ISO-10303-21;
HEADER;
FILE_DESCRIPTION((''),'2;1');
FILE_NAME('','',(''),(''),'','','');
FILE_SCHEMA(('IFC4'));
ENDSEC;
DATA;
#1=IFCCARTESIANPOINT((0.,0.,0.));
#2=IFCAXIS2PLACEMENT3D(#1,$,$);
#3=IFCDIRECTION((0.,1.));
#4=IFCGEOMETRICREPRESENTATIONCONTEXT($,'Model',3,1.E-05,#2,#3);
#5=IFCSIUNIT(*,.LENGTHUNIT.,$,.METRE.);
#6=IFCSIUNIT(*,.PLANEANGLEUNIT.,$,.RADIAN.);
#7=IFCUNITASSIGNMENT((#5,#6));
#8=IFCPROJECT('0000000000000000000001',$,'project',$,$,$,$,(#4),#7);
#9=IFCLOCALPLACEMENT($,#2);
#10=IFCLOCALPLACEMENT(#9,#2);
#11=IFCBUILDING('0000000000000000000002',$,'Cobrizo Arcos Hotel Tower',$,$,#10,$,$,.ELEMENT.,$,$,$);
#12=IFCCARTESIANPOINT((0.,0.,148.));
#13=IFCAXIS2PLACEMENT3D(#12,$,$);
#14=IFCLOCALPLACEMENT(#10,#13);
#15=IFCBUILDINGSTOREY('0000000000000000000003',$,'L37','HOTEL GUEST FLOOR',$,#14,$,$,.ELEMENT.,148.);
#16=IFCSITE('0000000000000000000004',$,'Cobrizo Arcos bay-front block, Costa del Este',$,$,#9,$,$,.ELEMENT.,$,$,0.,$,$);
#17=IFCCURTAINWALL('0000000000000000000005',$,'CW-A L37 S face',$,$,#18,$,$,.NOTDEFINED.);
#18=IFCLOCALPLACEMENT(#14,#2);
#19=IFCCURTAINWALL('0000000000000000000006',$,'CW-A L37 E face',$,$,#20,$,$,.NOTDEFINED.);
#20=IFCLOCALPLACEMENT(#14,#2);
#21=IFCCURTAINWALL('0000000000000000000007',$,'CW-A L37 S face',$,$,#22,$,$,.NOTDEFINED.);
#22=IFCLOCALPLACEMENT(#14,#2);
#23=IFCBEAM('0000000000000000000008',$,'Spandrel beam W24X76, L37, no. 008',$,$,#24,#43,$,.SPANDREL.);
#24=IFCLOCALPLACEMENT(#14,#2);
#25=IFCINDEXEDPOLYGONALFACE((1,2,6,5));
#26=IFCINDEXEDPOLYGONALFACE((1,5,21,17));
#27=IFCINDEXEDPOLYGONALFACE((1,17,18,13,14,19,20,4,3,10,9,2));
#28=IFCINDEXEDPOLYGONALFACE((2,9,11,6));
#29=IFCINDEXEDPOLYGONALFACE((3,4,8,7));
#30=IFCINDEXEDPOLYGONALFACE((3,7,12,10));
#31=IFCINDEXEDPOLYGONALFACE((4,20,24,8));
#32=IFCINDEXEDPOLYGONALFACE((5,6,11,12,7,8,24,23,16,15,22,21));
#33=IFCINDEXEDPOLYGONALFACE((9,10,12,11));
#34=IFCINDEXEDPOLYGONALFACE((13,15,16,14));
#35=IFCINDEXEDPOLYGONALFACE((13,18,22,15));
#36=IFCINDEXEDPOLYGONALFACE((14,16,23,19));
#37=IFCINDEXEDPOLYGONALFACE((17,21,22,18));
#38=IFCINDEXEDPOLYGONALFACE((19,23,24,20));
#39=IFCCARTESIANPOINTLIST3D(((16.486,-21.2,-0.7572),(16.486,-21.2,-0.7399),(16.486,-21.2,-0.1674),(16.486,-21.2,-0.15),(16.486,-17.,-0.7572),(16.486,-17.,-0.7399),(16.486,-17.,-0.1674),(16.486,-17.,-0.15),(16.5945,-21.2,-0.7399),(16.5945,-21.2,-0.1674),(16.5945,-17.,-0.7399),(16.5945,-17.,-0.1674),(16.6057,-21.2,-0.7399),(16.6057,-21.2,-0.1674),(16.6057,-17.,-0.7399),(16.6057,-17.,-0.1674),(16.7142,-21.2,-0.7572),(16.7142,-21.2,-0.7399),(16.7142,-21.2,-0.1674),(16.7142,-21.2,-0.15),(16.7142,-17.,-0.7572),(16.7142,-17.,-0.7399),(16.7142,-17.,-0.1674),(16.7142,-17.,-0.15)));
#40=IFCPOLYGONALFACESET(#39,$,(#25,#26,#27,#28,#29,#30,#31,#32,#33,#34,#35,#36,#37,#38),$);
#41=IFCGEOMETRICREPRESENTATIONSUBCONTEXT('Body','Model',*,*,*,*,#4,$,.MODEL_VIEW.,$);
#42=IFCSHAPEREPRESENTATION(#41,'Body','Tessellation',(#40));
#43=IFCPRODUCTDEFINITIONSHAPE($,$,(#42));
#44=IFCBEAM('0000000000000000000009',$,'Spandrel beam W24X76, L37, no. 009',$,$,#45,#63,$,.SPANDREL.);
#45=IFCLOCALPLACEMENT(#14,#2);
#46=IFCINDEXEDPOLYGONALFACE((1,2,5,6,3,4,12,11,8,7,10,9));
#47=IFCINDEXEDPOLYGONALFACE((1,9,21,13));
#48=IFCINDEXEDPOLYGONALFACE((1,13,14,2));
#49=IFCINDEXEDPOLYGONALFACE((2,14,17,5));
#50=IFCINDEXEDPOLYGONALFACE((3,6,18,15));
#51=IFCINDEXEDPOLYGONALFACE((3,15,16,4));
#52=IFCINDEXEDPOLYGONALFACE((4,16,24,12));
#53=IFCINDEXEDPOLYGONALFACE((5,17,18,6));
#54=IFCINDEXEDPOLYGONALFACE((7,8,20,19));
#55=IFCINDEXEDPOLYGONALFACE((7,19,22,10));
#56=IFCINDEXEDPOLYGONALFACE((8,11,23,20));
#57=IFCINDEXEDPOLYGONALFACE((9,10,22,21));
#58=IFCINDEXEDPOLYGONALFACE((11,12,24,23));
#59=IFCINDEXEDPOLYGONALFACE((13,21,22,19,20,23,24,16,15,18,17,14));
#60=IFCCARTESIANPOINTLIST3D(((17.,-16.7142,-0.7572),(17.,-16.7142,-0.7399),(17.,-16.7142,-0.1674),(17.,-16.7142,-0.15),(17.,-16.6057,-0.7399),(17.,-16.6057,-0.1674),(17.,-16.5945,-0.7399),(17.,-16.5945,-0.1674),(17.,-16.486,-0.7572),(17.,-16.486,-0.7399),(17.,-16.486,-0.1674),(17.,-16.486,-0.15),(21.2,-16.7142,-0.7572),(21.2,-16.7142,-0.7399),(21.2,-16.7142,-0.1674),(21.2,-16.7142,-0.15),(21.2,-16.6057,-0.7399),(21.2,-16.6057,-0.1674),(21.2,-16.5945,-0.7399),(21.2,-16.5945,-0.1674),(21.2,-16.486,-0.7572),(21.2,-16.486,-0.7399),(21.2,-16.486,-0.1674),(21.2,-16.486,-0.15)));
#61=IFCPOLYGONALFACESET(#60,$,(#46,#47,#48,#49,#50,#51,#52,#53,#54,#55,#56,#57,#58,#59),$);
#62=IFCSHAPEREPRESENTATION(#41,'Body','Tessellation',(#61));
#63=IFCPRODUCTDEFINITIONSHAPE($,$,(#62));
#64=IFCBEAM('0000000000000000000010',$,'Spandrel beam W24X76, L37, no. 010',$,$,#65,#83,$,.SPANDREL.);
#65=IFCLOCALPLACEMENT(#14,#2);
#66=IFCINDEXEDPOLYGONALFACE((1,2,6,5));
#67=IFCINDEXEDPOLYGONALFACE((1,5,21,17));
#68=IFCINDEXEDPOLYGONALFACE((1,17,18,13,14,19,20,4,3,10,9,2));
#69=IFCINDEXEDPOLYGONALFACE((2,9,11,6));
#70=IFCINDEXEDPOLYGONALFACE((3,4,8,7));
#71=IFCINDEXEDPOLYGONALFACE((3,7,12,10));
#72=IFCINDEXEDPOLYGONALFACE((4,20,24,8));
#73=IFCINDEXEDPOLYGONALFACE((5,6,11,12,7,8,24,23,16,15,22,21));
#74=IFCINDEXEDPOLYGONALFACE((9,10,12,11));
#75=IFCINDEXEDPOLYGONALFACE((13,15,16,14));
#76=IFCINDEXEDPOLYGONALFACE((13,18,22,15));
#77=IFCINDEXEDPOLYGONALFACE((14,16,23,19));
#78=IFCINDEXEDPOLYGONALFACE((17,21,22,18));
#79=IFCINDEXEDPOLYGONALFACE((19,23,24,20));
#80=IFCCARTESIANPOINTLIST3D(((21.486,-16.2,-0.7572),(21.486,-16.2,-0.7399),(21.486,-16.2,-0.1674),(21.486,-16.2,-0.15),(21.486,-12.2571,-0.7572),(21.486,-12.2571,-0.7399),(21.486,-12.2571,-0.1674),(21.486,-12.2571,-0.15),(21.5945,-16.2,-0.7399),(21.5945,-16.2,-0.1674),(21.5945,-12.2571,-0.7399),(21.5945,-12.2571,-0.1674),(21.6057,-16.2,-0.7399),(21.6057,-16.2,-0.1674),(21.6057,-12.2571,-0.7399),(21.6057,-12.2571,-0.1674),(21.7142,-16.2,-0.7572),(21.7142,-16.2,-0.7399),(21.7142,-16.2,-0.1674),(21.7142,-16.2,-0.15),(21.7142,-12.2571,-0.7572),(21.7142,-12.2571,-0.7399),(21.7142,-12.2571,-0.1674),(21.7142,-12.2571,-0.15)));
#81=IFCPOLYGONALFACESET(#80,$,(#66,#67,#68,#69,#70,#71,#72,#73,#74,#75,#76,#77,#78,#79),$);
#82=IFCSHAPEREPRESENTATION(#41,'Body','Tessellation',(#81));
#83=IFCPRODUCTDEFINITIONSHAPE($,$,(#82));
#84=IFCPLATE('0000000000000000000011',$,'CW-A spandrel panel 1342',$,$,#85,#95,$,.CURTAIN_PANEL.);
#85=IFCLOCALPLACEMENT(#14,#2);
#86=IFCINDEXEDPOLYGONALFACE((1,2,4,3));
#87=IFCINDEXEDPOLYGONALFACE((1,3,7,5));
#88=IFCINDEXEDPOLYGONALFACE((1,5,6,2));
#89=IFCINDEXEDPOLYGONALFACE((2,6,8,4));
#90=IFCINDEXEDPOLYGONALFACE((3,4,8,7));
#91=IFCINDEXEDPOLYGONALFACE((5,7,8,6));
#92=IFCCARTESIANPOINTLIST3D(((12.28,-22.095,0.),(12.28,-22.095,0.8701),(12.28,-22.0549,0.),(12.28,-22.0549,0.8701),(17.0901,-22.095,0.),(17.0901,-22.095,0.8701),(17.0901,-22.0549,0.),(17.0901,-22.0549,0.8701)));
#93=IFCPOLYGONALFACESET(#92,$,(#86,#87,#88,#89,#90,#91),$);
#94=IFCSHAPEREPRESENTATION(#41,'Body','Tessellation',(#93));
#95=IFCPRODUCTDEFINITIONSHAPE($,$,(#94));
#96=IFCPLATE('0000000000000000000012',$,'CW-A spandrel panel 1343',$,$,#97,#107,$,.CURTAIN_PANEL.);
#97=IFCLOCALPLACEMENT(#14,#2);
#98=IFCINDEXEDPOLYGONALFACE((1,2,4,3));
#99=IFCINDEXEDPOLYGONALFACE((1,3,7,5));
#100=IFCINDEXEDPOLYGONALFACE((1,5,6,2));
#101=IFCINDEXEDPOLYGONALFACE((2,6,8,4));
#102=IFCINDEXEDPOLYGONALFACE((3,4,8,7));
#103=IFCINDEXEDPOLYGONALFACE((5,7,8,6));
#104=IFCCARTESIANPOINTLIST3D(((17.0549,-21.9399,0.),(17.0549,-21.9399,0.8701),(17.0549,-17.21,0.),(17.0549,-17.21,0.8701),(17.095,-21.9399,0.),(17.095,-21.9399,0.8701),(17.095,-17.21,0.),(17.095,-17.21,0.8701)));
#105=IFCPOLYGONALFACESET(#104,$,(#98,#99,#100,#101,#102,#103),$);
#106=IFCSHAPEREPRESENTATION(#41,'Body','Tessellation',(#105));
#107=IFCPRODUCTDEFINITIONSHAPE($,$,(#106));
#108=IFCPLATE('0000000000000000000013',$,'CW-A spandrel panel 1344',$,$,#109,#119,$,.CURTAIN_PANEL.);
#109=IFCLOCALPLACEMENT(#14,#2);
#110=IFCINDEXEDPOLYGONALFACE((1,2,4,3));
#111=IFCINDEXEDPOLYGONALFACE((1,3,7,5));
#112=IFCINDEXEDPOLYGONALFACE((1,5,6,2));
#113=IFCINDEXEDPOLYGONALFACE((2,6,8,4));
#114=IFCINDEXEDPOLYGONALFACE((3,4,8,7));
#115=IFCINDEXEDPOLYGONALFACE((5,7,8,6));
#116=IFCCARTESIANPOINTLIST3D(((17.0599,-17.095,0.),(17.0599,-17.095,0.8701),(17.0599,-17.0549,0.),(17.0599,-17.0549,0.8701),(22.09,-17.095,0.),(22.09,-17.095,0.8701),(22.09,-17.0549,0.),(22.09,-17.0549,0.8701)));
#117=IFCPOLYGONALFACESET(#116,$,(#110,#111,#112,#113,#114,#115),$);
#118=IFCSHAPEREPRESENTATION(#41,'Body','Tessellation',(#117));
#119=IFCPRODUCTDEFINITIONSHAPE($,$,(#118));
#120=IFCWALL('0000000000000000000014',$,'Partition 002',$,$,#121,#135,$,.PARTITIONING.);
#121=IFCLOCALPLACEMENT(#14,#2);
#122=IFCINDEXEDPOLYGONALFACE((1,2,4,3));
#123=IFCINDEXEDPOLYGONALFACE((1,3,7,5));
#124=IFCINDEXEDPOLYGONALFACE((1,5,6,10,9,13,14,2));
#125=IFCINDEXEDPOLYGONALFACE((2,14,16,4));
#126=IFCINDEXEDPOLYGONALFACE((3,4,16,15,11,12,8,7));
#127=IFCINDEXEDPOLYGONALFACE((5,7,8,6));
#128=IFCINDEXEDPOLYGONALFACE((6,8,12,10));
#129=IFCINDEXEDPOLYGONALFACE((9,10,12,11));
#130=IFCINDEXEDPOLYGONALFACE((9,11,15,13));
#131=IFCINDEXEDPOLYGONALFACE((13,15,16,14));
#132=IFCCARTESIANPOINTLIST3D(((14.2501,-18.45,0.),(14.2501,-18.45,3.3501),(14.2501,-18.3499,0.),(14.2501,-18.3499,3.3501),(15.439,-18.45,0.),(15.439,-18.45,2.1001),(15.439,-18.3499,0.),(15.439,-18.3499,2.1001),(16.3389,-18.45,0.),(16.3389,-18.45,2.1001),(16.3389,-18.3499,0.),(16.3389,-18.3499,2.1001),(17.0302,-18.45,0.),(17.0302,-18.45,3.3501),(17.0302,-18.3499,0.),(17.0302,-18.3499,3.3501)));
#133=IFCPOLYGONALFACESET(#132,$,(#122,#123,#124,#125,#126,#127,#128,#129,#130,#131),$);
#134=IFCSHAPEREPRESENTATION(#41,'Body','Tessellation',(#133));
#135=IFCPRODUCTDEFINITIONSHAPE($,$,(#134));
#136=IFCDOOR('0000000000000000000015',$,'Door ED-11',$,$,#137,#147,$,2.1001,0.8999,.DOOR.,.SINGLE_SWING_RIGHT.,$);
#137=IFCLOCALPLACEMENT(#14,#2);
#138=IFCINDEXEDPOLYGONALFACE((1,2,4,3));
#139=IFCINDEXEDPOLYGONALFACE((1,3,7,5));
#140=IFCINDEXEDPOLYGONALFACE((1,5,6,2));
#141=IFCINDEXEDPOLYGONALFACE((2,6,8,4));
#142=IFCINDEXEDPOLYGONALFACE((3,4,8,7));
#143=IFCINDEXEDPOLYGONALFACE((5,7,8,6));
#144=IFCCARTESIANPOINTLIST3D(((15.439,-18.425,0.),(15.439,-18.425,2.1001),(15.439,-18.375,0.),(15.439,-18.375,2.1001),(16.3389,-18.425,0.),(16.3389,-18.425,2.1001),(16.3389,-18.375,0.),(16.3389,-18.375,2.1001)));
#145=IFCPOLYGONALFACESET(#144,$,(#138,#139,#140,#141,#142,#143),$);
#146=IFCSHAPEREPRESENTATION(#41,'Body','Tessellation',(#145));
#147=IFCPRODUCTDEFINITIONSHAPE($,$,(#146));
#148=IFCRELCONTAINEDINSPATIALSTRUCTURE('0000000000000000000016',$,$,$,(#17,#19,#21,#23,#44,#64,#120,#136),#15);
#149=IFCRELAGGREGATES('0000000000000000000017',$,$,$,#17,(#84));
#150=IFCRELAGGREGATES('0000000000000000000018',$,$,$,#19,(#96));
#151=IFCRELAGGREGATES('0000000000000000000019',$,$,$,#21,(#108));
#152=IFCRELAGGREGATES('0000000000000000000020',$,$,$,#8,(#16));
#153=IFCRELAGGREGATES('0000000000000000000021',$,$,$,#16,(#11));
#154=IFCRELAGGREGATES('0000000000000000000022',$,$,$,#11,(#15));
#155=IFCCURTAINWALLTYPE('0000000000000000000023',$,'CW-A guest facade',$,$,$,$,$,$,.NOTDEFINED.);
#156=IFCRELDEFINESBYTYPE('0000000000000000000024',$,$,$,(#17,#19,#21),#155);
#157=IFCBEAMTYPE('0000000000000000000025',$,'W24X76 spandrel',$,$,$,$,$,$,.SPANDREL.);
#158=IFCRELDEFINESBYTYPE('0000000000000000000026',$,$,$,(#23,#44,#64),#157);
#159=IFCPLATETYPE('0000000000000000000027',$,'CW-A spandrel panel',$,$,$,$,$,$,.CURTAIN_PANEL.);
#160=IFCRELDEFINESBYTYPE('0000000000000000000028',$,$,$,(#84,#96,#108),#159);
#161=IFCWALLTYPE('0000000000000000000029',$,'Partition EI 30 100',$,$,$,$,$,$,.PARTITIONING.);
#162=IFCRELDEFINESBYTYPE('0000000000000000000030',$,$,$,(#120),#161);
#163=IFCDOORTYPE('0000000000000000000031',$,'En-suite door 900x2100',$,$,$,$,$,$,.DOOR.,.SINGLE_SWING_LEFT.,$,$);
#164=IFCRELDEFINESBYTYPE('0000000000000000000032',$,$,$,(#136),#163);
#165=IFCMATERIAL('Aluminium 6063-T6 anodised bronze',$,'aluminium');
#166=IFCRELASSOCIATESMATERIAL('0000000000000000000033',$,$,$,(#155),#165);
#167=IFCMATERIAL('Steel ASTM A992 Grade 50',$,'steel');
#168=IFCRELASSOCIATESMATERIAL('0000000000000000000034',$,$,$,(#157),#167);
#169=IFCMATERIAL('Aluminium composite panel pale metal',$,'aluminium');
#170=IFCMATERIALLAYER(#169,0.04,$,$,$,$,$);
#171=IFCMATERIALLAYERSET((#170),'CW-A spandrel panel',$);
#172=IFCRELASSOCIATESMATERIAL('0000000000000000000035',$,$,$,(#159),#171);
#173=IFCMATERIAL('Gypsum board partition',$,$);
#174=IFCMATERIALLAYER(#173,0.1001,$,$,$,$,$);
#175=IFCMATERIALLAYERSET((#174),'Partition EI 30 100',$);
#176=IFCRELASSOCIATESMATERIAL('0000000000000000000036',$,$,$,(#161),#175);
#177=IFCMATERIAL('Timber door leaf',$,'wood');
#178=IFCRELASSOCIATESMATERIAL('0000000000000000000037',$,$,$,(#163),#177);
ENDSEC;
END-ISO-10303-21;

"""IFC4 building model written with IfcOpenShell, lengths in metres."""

from ifc_helpers import new_model, si_unit, direction, frame, frame_2d, origin, origin_2d, place, context, subcontext, project, spatial, rectangle, i_section, extrude, material, layer, layer_set, material_profile, profile_set, type_object, element, fill, aggregate, save


model = new_model("IFC4")

# Units and contexts
model_context = context("Model", 3, precision=1e-05, world=origin(), true_north=direction((0.0, 1.0)))
body_context = subcontext(model_context, "Body", "Model", "MODEL_VIEW")
ifc_project = project(units=[si_unit("LENGTHUNIT", "METRE"), si_unit("PLANEANGLEUNIT", "RADIAN")], contexts=[model_context])

# Site, building, storey
site_placement = place(None, origin())
site = spatial("IfcSite", under=ifc_project, at=site_placement, Name="Cobrizo Arcos bay-front block, Costa del Este", CompositionType="ELEMENT", RefElevation=0.0)
building_placement = place(site_placement, origin())
building = spatial("IfcBuilding", under=site, at=building_placement, Name="Cobrizo Arcos Hotel Tower", CompositionType="ELEMENT")
storey_placement = place(building_placement, frame((0.0, 0.0, 148.0)))
storey = spatial("IfcBuildingStorey", under=building, at=storey_placement, Name="L37", Description="HOTEL GUEST FLOOR", CompositionType="ELEMENT", Elevation=148.0)

# Curtain wall
ifc_material_1 = material(Name="Aluminium 6063-T6 anodised bronze", Category="aluminium")
curtain_wall_type = type_object("IfcCurtainWallType", Name="CW-A guest facade", PredefinedType="NOTDEFINED", material=ifc_material_1)
curtain_wall_1_placement = place(storey_placement, origin())
curtain_wall_1 = element("IfcCurtainWall", 1, at=curtain_wall_1_placement, inside=storey, type_object=curtain_wall_type, Name="CW-A L37 S face", PredefinedType="NOTDEFINED")

# Curtain walls
curtain_wall_2_placement = place(storey_placement, origin())
curtain_wall_2 = element("IfcCurtainWall", 2, at=curtain_wall_2_placement, inside=storey, type_object=curtain_wall_type, Name="CW-A L37 E face", PredefinedType="NOTDEFINED")
curtain_wall_3_placement = place(storey_placement, origin())
curtain_wall_3 = element("IfcCurtainWall", 3, at=curtain_wall_3_placement, inside=storey, type_object=curtain_wall_type, Name="CW-A L37 S face", PredefinedType="NOTDEFINED")

# Beams
ifc_material_2 = material(Name="Steel ASTM A992 Grade 50", Category="steel")
ifc_material_profile_1 = material_profile(ifc_material_2, i_section(OverallWidth=0.2283, OverallDepth=0.6072, WebThickness=0.0112, FlangeThickness=0.0173, at=origin_2d()), Name="W24X76")
ifc_profile_set_1 = profile_set([ifc_material_profile_1], Name="Steel ASTM A992 Grade 50")
beam_type_1 = type_object("IfcBeamType", Name="W24X76 spandrel", PredefinedType="SPANDREL", material=ifc_profile_set_1)
for number, where, z_axis, x_axis, name in (
    (4, (16.6001, -21.2, -0.4536), (0.0, 1.0, 0.0), (-1.0, 0.0, 0.0), "Spandrel beam W24X76, L37, no. 008"),
    (5, (17.0, -16.6001, -0.4536), (1.0, 0.0, 0.0), (0.0, 1.0, 0.0), "Spandrel beam W24X76, L37, no. 009"),
):
    element("IfcBeam", number, at=place(storey_placement, frame(where, z_axis=z_axis, x_axis=x_axis)), inside=storey, type_object=beam_type_1, Name=name, PredefinedType="SPANDREL", context=body_context, shape_type="SweptSolid", body=[
        extrude(i_section(OverallWidth=0.2283, OverallDepth=0.6072, WebThickness=0.0112, FlangeThickness=0.0173, at=origin_2d()), origin(), (0.0, 0.0, 1.0), 4.2),
    ])
beam_1_placement = place(storey_placement, frame((21.6001, -16.2, -0.4536), z_axis=(0.0, 1.0, 0.0), x_axis=(-1.0, 0.0, 0.0)))
element("IfcBeam", 6, at=beam_1_placement, inside=storey, type_object=beam_type_1, Name="Spandrel beam W24X76, L37, no. 010", PredefinedType="SPANDREL", context=body_context, shape_type="SweptSolid", body=[
    extrude(i_section(OverallWidth=0.2283, OverallDepth=0.6072, WebThickness=0.0112, FlangeThickness=0.0173, at=origin_2d()), origin(), (0.0, 0.0, 1.0), 3.9429),
])

# Plates
ifc_material_3 = material(Name="Aluminium composite panel pale metal", Category="aluminium")
ifc_layer_1 = layer(ifc_material_3, 0.04)
ifc_layer_set_1 = layer_set([ifc_layer_1], Name="CW-A spandrel panel")
plate_type = type_object("IfcPlateType", Name="CW-A spandrel panel", PredefinedType="CURTAIN_PANEL", material=ifc_layer_set_1)
plate_1_placement = place(storey_placement, frame((14.6851, -22.075, 0.0), z_axis=(0.0, 0.0, 1.0), x_axis=(1.0, 0.0, 0.0)))
plate_1 = element("IfcPlate", 7, at=plate_1_placement, type_object=plate_type, Name="CW-A spandrel panel 1342", PredefinedType="CURTAIN_PANEL", context=body_context, shape_type="SweptSolid", body=[
    extrude(rectangle(XDim=4.8101, YDim=0.04, at=origin_2d()), origin(), (0.0, 0.0, 1.0), 0.8701),
])
aggregate(curtain_wall_1, [plate_1])
plate_2_placement = place(storey_placement, frame((17.075, -19.575, 0.0), z_axis=(0.0, 0.0, 1.0), x_axis=(0.0, 1.0, 0.0)))
plate_2 = element("IfcPlate", 8, at=plate_2_placement, type_object=plate_type, Name="CW-A spandrel panel 1343", PredefinedType="CURTAIN_PANEL", context=body_context, shape_type="SweptSolid", body=[
    extrude(rectangle(XDim=4.73, YDim=0.04, at=origin_2d()), origin(), (0.0, 0.0, 1.0), 0.8701),
])
aggregate(curtain_wall_2, [plate_2])
plate_3_placement = place(storey_placement, frame((19.575, -17.075, 0.0), z_axis=(0.0, 0.0, 1.0), x_axis=(1.0, 0.0, 0.0)))
plate_3 = element("IfcPlate", 9, at=plate_3_placement, type_object=plate_type, Name="CW-A spandrel panel 1344", PredefinedType="CURTAIN_PANEL", context=body_context, shape_type="SweptSolid", body=[
    extrude(rectangle(XDim=5.03, YDim=0.04, at=origin_2d()), origin(), (0.0, 0.0, 1.0), 0.8701),
])
aggregate(curtain_wall_3, [plate_3])

# Wall, opening, door
ifc_material_4 = material(Name="Gypsum board partition")
ifc_layer_2 = layer(ifc_material_4, 0.1001)
ifc_layer_set_2 = layer_set([ifc_layer_2], Name="Partition EI 30 100")
wall_type = type_object("IfcWallType", Name="Partition EI 30 100", PredefinedType="PARTITIONING", material=ifc_layer_set_2)
wall_placement = place(storey_placement, frame((14.25, -18.3999, 0.0), z_axis=(0.0, 0.0, 1.0), x_axis=(1.0, 0.0, 0.0)))
wall = element("IfcWall", 10, at=wall_placement, inside=storey, type_object=wall_type, Name="Partition 002", PredefinedType="PARTITIONING", context=body_context, shape_type="SweptSolid", body=[
    extrude(rectangle(XDim=2.78, YDim=0.1001, at=frame_2d((1.3901, 0.0))), origin(), (0.0, 0.0, 1.0), 3.3501),
])
opening_placement = place(wall_placement, frame((1.189, 0.0, 0.0)))
opening = element("IfcOpeningElement", 11, at=opening_placement, cuts=wall, PredefinedType="OPENING", context=body_context, shape_type="SweptSolid", body=[
    extrude(rectangle(XDim=0.8999, YDim=2.1001, at=frame_2d((0.45, 1.05))), frame((0.0, 0.062, 0.0), z_axis=(0.0, -1.0, 0.0), x_axis=(1.0, 0.0, 0.0)), (0.0, 0.0, 1.0), 0.124),
])
ifc_material_5 = material(Name="Timber door leaf", Category="wood")
door_type = type_object("IfcDoorType", Name="En-suite door 900x2100", OperationType="SINGLE_SWING_LEFT", PredefinedType="DOOR", material=ifc_material_5)
door_placement = place(opening_placement, origin())
door = element("IfcDoor", 12, at=door_placement, inside=storey, type_object=door_type, Name="Door ED-11", OperationType="SINGLE_SWING_RIGHT", OverallHeight=2.1001, OverallWidth=0.8999, PredefinedType="DOOR", context=body_context, shape_type="SweptSolid", body=[
    extrude(rectangle(XDim=0.8999, YDim=2.1001, at=frame_2d((0.45, 1.05))), frame((0.0, 0.0249, 0.0), z_axis=(0.0, -1.0, 0.0), x_axis=(1.0, 0.0, 0.0)), (0.0, 0.0, 1.0), 0.05),
])
fill(opening, door)

save(model, "model.ifc")
